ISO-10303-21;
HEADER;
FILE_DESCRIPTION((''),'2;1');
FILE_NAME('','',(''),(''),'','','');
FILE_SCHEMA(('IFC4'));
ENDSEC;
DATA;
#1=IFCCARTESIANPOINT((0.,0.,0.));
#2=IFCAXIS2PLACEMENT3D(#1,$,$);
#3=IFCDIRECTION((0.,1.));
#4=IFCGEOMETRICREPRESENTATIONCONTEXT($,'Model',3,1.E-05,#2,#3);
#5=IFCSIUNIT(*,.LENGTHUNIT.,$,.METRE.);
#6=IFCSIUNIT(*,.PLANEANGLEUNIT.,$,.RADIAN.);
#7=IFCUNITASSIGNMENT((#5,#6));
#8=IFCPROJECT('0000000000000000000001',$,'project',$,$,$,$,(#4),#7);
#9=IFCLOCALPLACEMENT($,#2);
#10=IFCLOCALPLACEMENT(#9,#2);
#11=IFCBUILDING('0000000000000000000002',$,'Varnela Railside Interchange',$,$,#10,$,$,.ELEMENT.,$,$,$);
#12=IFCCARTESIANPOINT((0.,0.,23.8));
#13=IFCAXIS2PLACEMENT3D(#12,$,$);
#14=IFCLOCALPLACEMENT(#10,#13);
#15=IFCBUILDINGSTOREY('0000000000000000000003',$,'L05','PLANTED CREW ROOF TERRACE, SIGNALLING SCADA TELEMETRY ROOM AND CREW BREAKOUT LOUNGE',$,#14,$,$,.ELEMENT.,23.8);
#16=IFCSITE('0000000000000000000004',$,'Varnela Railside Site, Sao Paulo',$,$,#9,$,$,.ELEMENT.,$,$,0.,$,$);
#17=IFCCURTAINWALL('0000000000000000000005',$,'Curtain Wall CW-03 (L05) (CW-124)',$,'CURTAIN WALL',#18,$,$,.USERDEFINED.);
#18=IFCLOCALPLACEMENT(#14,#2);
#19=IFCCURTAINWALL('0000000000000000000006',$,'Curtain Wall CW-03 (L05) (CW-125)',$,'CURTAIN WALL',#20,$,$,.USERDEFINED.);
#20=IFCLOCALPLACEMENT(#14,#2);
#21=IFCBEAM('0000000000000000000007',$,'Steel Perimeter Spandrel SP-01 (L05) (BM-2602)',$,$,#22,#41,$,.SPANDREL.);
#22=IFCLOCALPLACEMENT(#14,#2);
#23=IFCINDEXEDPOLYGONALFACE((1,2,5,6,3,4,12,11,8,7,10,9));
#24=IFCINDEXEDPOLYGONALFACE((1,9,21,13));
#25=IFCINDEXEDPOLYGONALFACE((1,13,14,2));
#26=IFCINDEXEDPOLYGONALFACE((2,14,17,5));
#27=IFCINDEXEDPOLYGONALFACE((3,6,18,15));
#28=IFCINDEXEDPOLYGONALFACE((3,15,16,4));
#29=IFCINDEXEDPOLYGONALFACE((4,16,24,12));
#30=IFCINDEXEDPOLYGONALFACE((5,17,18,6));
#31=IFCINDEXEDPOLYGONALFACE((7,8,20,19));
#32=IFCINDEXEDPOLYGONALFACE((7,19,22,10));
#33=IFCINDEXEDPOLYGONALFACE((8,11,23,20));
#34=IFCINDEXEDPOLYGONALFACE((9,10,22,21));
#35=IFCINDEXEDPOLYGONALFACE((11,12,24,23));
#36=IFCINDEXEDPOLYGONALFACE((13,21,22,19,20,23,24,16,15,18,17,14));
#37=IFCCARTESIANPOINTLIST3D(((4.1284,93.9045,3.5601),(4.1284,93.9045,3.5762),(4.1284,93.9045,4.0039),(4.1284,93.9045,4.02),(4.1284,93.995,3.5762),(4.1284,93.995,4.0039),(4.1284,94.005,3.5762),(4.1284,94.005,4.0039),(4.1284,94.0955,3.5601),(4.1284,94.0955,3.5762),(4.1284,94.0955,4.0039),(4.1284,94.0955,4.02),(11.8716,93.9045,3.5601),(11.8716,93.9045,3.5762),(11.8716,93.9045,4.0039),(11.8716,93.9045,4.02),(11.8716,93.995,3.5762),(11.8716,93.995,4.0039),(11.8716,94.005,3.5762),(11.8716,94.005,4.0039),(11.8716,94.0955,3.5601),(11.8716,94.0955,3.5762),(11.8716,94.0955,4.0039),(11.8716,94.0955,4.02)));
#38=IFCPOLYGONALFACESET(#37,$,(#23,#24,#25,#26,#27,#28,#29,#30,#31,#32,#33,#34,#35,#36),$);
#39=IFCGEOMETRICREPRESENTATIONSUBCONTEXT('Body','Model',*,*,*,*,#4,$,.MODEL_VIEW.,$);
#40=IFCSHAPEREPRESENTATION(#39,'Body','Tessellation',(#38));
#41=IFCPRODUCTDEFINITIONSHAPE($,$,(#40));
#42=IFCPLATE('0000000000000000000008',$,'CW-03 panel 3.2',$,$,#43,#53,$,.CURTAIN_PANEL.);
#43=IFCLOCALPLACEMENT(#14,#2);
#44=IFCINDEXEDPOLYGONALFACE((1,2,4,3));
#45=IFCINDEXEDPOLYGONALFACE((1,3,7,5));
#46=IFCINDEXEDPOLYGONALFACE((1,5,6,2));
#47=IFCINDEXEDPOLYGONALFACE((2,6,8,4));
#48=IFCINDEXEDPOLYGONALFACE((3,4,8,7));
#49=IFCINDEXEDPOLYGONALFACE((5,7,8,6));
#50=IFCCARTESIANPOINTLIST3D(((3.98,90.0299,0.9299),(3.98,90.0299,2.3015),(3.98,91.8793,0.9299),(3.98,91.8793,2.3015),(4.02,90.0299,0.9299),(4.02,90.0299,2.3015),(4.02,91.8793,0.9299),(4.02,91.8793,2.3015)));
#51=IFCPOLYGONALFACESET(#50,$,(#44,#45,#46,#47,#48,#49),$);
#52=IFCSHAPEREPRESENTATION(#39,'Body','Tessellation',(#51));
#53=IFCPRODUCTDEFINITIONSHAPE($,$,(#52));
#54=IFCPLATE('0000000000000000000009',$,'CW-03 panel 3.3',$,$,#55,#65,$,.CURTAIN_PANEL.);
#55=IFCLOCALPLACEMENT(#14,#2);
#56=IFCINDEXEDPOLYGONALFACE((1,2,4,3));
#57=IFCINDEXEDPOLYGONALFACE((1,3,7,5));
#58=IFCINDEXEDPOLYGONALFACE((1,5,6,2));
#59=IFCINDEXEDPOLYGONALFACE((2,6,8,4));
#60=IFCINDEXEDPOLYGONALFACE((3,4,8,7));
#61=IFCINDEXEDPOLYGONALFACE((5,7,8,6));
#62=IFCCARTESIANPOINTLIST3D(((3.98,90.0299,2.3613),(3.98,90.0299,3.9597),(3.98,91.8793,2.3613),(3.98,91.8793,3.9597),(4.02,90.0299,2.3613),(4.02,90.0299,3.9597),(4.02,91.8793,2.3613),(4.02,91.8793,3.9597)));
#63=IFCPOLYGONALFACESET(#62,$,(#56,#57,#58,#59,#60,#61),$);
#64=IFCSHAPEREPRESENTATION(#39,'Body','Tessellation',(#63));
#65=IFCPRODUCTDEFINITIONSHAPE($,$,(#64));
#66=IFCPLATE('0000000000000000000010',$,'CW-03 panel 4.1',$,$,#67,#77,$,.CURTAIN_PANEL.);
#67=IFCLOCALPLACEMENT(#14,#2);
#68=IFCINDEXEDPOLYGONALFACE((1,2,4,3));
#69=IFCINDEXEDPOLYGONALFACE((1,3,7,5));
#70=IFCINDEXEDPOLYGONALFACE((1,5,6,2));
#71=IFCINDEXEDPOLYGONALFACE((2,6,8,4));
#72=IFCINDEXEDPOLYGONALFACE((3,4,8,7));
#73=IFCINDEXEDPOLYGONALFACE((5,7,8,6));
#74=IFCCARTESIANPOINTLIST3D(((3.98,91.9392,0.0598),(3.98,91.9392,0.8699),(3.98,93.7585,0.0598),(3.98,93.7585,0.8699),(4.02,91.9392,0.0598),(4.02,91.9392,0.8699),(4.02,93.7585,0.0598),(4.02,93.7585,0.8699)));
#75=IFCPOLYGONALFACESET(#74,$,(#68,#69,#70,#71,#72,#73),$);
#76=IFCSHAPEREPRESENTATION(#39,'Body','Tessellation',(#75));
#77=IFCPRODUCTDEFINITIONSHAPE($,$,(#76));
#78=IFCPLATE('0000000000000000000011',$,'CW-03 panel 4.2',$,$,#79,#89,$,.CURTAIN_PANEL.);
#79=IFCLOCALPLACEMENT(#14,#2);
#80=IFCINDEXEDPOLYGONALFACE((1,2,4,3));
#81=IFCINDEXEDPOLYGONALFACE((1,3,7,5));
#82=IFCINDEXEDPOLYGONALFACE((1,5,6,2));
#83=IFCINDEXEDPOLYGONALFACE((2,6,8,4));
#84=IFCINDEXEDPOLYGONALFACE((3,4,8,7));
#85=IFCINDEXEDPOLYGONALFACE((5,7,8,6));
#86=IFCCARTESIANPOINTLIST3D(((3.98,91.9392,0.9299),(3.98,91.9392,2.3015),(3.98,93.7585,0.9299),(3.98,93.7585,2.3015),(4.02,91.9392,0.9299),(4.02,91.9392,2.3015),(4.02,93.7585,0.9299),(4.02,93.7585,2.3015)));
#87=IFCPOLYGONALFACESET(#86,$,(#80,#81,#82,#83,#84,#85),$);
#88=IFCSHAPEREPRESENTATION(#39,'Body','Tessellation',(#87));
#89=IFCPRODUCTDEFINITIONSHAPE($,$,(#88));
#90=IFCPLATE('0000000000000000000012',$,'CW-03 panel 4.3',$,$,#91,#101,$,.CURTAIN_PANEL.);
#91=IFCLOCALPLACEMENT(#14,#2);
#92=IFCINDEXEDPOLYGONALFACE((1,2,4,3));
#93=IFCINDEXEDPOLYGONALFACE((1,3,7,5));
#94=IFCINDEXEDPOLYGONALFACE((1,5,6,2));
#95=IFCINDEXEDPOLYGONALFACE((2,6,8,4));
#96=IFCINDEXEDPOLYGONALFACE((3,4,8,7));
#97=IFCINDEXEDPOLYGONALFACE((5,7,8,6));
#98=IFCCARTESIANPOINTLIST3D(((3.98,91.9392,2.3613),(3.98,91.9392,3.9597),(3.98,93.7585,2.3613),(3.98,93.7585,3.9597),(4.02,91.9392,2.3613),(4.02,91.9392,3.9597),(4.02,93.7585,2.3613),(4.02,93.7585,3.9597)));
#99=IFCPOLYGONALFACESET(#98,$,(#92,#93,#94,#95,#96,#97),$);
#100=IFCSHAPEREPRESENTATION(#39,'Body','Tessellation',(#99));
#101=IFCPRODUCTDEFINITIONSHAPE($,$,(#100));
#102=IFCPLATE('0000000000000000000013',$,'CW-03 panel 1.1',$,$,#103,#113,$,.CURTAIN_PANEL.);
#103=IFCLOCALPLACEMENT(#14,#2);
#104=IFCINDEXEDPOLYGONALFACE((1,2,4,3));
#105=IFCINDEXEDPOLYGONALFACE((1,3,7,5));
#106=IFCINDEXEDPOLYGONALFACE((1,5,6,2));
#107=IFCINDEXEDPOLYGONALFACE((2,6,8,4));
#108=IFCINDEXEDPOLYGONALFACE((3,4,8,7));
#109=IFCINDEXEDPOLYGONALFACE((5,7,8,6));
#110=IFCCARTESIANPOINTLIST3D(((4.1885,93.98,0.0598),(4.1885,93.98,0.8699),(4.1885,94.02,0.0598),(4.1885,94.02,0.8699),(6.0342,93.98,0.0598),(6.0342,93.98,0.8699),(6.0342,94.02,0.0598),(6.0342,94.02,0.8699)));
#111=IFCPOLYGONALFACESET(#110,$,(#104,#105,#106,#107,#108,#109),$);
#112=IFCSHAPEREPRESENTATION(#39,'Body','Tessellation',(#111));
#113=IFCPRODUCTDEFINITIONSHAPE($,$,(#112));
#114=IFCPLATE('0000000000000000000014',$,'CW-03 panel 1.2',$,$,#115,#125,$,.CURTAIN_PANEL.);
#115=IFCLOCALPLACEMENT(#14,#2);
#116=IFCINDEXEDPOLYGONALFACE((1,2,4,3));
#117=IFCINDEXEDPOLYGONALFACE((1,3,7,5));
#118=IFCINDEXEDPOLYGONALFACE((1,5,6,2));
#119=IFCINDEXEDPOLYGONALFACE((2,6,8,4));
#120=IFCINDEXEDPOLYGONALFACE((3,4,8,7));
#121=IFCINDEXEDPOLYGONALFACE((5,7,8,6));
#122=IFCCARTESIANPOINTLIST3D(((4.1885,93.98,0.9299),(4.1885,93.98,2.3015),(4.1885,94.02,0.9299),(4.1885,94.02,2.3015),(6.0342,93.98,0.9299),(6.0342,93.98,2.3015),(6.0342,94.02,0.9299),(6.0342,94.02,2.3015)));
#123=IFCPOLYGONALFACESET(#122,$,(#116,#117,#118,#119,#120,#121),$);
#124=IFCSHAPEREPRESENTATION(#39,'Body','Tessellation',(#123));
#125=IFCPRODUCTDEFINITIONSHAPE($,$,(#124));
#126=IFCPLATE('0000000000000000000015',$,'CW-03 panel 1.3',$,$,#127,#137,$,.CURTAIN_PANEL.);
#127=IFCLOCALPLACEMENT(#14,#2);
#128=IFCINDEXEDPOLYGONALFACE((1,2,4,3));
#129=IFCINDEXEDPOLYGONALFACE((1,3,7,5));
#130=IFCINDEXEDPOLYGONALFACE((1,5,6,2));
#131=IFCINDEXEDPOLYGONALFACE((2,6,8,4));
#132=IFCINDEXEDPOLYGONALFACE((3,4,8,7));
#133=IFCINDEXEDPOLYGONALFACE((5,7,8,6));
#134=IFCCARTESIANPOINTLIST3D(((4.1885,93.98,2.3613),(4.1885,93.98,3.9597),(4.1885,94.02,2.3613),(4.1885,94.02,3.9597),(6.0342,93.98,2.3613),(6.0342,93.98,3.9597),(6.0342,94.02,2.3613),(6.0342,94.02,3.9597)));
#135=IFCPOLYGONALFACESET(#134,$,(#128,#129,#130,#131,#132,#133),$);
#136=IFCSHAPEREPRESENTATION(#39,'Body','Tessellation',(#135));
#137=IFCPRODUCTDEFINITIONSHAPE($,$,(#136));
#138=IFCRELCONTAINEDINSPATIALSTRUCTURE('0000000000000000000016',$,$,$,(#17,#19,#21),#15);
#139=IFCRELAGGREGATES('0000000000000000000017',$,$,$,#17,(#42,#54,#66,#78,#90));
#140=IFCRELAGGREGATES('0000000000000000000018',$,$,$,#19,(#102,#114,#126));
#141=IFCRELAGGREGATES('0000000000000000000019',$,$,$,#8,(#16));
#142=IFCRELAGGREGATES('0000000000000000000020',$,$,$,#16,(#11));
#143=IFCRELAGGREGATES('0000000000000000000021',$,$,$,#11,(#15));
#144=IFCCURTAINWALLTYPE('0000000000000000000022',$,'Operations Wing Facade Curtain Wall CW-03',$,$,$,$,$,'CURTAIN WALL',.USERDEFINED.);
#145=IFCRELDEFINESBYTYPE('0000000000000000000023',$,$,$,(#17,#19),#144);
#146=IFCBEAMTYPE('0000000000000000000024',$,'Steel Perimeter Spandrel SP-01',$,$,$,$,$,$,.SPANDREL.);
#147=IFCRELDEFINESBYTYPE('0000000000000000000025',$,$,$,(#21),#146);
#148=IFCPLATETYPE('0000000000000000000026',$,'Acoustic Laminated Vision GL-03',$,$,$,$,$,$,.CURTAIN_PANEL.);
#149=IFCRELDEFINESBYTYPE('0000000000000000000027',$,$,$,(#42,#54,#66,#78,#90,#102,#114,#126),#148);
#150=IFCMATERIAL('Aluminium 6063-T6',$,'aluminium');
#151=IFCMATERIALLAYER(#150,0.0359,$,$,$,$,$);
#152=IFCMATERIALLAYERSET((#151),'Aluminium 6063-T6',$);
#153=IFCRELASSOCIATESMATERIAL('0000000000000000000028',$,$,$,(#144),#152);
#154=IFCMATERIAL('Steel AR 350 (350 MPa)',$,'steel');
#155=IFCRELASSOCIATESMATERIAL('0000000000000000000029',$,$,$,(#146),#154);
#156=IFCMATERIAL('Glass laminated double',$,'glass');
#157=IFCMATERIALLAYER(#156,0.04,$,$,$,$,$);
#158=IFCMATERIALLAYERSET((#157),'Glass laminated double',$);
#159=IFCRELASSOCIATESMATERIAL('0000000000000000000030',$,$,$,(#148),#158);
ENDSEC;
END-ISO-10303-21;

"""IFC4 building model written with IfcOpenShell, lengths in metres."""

from ifc_helpers import new_model, si_unit, direction, frame, origin, origin_2d, place, context, subcontext, project, spatial, rectangle, i_section, extrude, material, layer, layer_set, material_profile, profile_set, type_object, element, aggregate, save


model = new_model("IFC4")

# Units and contexts
model_context = context("Model", 3, precision=1e-05, world=origin(), true_north=direction((0.0, 1.0)))
body_context = subcontext(model_context, "Body", "Model", "MODEL_VIEW")
ifc_project = project(units=[si_unit("LENGTHUNIT", "METRE"), si_unit("PLANEANGLEUNIT", "RADIAN")], contexts=[model_context])

# Site, building, storey
site_placement = place(None, origin())
site = spatial("IfcSite", under=ifc_project, at=site_placement, Name="Varnela Railside Site, Sao Paulo", CompositionType="ELEMENT", RefElevation=0.0)
building_placement = place(site_placement, origin())
building = spatial("IfcBuilding", under=site, at=building_placement, Name="Varnela Railside Interchange", CompositionType="ELEMENT")
storey_placement = place(building_placement, frame((0.0, 0.0, 23.8)))
storey = spatial("IfcBuildingStorey", under=building, at=storey_placement, Name="L05", Description="PLANTED CREW ROOF TERRACE, SIGNALLING SCADA TELEMETRY ROOM AND CREW BREAKOUT LOUNGE", CompositionType="ELEMENT", Elevation=23.8)

# Shared definitions
ifc_material_1 = material(Name="Steel AR 350 (350 MPa)", Category="steel")

# Curtain walls
ifc_material_2 = material(Name="Aluminium 6063-T6", Category="aluminium")
ifc_layer_1 = layer(ifc_material_2, 0.0359)
ifc_layer_set_1 = layer_set([ifc_layer_1], Name="Aluminium 6063-T6")
curtain_wall_type = type_object("IfcCurtainWallType", Name="Operations Wing Facade Curtain Wall CW-03", ElementType="CURTAIN WALL", PredefinedType="USERDEFINED", material=ifc_layer_set_1)
curtain_wall_1_placement = place(storey_placement, origin())
curtain_wall_1 = element("IfcCurtainWall", 1, at=curtain_wall_1_placement, inside=storey, type_object=curtain_wall_type, Name="Curtain Wall CW-03 (L05) (CW-124)", ObjectType="CURTAIN WALL", PredefinedType="USERDEFINED")
curtain_wall_2_placement = place(storey_placement, origin())
curtain_wall_2 = element("IfcCurtainWall", 2, at=curtain_wall_2_placement, inside=storey, type_object=curtain_wall_type, Name="Curtain Wall CW-03 (L05) (CW-125)", ObjectType="CURTAIN WALL", PredefinedType="USERDEFINED")

# Beam
ifc_material_profile_1 = material_profile(ifc_material_1, i_section(OverallWidth=0.1909, OverallDepth=0.46, WebThickness=0.01, FlangeThickness=0.0161, at=origin_2d()), Name="W460x82")
ifc_profile_set_1 = profile_set([ifc_material_profile_1], Name="Steel AR 350 (350 MPa)")
beam_type = type_object("IfcBeamType", Name="Steel Perimeter Spandrel SP-01", PredefinedType="SPANDREL", material=ifc_profile_set_1)
beam_placement = place(storey_placement, frame((4.1284, 94.0, 3.79), z_axis=(1.0, 0.0, 0.0), x_axis=(0.0, 1.0, 0.0)))
element("IfcBeam", 3, at=beam_placement, inside=storey, type_object=beam_type, Name="Steel Perimeter Spandrel SP-01 (L05) (BM-2602)", PredefinedType="SPANDREL", context=body_context, shape_type="SweptSolid", body=[
    extrude(i_section(OverallWidth=0.1909, OverallDepth=0.46, WebThickness=0.01, FlangeThickness=0.0161, at=origin_2d()), origin(), (0.0, 0.0, 1.0), 7.7432),
])

# Plates
ifc_material_3 = material(Name="Glass laminated double", Category="glass")
ifc_layer_2 = layer(ifc_material_3, 0.04)
ifc_layer_set_2 = layer_set([ifc_layer_2], Name="Glass laminated double")
plate_type = type_object("IfcPlateType", Name="Acoustic Laminated Vision GL-03", PredefinedType="CURTAIN_PANEL", material=ifc_layer_set_2)
plate_1_placement = place(storey_placement, frame((4.0, 90.9546, 0.9299), z_axis=(0.0, 0.0, 1.0), x_axis=(0.0, 1.0, 0.0)))
plate_1 = element("IfcPlate", 4, at=plate_1_placement, type_object=plate_type, Name="CW-03 panel 3.2", PredefinedType="CURTAIN_PANEL", context=body_context, shape_type="SweptSolid", body=[
    extrude(rectangle(XDim=1.8494, YDim=0.04, at=origin_2d()), origin(), (0.0, 0.0, 1.0), 1.3716),
])
plate_2_placement = place(storey_placement, frame((4.0, 90.9546, 2.3613), z_axis=(0.0, 0.0, 1.0), x_axis=(0.0, 1.0, 0.0)))
plate_2 = element("IfcPlate", 5, at=plate_2_placement, type_object=plate_type, Name="CW-03 panel 3.3", PredefinedType="CURTAIN_PANEL", context=body_context, shape_type="SweptSolid", body=[
    extrude(rectangle(XDim=1.8494, YDim=0.04, at=origin_2d()), origin(), (0.0, 0.0, 1.0), 1.5984),
])
plate_3_placement = place(storey_placement, frame((4.0, 92.8489, 0.0598), z_axis=(0.0, 0.0, 1.0), x_axis=(0.0, 1.0, 0.0)))
plate_3 = element("IfcPlate", 6, at=plate_3_placement, type_object=plate_type, Name="CW-03 panel 4.1", PredefinedType="CURTAIN_PANEL", context=body_context, shape_type="SweptSolid", body=[
    extrude(rectangle(XDim=1.8193, YDim=0.04, at=origin_2d()), origin(), (0.0, 0.0, 1.0), 0.8101),
])
plate_4_placement = place(storey_placement, frame((4.0, 92.8489, 0.9299), z_axis=(0.0, 0.0, 1.0), x_axis=(0.0, 1.0, 0.0)))
plate_4 = element("IfcPlate", 7, at=plate_4_placement, type_object=plate_type, Name="CW-03 panel 4.2", PredefinedType="CURTAIN_PANEL", context=body_context, shape_type="SweptSolid", body=[
    extrude(rectangle(XDim=1.8193, YDim=0.04, at=origin_2d()), origin(), (0.0, 0.0, 1.0), 1.3716),
])
plate_5_placement = place(storey_placement, frame((4.0, 92.8489, 2.3613), z_axis=(0.0, 0.0, 1.0), x_axis=(0.0, 1.0, 0.0)))
plate_5 = element("IfcPlate", 8, at=plate_5_placement, type_object=plate_type, Name="CW-03 panel 4.3", PredefinedType="CURTAIN_PANEL", context=body_context, shape_type="SweptSolid", body=[
    extrude(rectangle(XDim=1.8193, YDim=0.04, at=origin_2d()), origin(), (0.0, 0.0, 1.0), 1.5984),
])
aggregate(curtain_wall_1, [plate_1, plate_2, plate_3, plate_4, plate_5])
plate_6_placement = place(storey_placement, frame((5.1113, 94.0, 0.0598), z_axis=(0.0, 0.0, 1.0), x_axis=(1.0, 0.0, 0.0)))
plate_6 = element("IfcPlate", 9, at=plate_6_placement, type_object=plate_type, Name="CW-03 panel 1.1", PredefinedType="CURTAIN_PANEL", context=body_context, shape_type="SweptSolid", body=[
    extrude(rectangle(XDim=1.8457, YDim=0.04, at=origin_2d()), origin(), (0.0, 0.0, 1.0), 0.8101),
])
plate_7_placement = place(storey_placement, frame((5.1113, 94.0, 0.9299), z_axis=(0.0, 0.0, 1.0), x_axis=(1.0, 0.0, 0.0)))
plate_7 = element("IfcPlate", 10, at=plate_7_placement, type_object=plate_type, Name="CW-03 panel 1.2", PredefinedType="CURTAIN_PANEL", context=body_context, shape_type="SweptSolid", body=[
    extrude(rectangle(XDim=1.8457, YDim=0.04, at=origin_2d()), origin(), (0.0, 0.0, 1.0), 1.3716),
])
plate_8_placement = place(storey_placement, frame((5.1113, 94.0, 2.3613), z_axis=(0.0, 0.0, 1.0), x_axis=(1.0, 0.0, 0.0)))
plate_8 = element("IfcPlate", 11, at=plate_8_placement, type_object=plate_type, Name="CW-03 panel 1.3", PredefinedType="CURTAIN_PANEL", context=body_context, shape_type="SweptSolid", body=[
    extrude(rectangle(XDim=1.8457, YDim=0.04, at=origin_2d()), origin(), (0.0, 0.0, 1.0), 1.5984),
])
aggregate(curtain_wall_2, [plate_6, plate_7, plate_8])

save(model, "model.ifc")
